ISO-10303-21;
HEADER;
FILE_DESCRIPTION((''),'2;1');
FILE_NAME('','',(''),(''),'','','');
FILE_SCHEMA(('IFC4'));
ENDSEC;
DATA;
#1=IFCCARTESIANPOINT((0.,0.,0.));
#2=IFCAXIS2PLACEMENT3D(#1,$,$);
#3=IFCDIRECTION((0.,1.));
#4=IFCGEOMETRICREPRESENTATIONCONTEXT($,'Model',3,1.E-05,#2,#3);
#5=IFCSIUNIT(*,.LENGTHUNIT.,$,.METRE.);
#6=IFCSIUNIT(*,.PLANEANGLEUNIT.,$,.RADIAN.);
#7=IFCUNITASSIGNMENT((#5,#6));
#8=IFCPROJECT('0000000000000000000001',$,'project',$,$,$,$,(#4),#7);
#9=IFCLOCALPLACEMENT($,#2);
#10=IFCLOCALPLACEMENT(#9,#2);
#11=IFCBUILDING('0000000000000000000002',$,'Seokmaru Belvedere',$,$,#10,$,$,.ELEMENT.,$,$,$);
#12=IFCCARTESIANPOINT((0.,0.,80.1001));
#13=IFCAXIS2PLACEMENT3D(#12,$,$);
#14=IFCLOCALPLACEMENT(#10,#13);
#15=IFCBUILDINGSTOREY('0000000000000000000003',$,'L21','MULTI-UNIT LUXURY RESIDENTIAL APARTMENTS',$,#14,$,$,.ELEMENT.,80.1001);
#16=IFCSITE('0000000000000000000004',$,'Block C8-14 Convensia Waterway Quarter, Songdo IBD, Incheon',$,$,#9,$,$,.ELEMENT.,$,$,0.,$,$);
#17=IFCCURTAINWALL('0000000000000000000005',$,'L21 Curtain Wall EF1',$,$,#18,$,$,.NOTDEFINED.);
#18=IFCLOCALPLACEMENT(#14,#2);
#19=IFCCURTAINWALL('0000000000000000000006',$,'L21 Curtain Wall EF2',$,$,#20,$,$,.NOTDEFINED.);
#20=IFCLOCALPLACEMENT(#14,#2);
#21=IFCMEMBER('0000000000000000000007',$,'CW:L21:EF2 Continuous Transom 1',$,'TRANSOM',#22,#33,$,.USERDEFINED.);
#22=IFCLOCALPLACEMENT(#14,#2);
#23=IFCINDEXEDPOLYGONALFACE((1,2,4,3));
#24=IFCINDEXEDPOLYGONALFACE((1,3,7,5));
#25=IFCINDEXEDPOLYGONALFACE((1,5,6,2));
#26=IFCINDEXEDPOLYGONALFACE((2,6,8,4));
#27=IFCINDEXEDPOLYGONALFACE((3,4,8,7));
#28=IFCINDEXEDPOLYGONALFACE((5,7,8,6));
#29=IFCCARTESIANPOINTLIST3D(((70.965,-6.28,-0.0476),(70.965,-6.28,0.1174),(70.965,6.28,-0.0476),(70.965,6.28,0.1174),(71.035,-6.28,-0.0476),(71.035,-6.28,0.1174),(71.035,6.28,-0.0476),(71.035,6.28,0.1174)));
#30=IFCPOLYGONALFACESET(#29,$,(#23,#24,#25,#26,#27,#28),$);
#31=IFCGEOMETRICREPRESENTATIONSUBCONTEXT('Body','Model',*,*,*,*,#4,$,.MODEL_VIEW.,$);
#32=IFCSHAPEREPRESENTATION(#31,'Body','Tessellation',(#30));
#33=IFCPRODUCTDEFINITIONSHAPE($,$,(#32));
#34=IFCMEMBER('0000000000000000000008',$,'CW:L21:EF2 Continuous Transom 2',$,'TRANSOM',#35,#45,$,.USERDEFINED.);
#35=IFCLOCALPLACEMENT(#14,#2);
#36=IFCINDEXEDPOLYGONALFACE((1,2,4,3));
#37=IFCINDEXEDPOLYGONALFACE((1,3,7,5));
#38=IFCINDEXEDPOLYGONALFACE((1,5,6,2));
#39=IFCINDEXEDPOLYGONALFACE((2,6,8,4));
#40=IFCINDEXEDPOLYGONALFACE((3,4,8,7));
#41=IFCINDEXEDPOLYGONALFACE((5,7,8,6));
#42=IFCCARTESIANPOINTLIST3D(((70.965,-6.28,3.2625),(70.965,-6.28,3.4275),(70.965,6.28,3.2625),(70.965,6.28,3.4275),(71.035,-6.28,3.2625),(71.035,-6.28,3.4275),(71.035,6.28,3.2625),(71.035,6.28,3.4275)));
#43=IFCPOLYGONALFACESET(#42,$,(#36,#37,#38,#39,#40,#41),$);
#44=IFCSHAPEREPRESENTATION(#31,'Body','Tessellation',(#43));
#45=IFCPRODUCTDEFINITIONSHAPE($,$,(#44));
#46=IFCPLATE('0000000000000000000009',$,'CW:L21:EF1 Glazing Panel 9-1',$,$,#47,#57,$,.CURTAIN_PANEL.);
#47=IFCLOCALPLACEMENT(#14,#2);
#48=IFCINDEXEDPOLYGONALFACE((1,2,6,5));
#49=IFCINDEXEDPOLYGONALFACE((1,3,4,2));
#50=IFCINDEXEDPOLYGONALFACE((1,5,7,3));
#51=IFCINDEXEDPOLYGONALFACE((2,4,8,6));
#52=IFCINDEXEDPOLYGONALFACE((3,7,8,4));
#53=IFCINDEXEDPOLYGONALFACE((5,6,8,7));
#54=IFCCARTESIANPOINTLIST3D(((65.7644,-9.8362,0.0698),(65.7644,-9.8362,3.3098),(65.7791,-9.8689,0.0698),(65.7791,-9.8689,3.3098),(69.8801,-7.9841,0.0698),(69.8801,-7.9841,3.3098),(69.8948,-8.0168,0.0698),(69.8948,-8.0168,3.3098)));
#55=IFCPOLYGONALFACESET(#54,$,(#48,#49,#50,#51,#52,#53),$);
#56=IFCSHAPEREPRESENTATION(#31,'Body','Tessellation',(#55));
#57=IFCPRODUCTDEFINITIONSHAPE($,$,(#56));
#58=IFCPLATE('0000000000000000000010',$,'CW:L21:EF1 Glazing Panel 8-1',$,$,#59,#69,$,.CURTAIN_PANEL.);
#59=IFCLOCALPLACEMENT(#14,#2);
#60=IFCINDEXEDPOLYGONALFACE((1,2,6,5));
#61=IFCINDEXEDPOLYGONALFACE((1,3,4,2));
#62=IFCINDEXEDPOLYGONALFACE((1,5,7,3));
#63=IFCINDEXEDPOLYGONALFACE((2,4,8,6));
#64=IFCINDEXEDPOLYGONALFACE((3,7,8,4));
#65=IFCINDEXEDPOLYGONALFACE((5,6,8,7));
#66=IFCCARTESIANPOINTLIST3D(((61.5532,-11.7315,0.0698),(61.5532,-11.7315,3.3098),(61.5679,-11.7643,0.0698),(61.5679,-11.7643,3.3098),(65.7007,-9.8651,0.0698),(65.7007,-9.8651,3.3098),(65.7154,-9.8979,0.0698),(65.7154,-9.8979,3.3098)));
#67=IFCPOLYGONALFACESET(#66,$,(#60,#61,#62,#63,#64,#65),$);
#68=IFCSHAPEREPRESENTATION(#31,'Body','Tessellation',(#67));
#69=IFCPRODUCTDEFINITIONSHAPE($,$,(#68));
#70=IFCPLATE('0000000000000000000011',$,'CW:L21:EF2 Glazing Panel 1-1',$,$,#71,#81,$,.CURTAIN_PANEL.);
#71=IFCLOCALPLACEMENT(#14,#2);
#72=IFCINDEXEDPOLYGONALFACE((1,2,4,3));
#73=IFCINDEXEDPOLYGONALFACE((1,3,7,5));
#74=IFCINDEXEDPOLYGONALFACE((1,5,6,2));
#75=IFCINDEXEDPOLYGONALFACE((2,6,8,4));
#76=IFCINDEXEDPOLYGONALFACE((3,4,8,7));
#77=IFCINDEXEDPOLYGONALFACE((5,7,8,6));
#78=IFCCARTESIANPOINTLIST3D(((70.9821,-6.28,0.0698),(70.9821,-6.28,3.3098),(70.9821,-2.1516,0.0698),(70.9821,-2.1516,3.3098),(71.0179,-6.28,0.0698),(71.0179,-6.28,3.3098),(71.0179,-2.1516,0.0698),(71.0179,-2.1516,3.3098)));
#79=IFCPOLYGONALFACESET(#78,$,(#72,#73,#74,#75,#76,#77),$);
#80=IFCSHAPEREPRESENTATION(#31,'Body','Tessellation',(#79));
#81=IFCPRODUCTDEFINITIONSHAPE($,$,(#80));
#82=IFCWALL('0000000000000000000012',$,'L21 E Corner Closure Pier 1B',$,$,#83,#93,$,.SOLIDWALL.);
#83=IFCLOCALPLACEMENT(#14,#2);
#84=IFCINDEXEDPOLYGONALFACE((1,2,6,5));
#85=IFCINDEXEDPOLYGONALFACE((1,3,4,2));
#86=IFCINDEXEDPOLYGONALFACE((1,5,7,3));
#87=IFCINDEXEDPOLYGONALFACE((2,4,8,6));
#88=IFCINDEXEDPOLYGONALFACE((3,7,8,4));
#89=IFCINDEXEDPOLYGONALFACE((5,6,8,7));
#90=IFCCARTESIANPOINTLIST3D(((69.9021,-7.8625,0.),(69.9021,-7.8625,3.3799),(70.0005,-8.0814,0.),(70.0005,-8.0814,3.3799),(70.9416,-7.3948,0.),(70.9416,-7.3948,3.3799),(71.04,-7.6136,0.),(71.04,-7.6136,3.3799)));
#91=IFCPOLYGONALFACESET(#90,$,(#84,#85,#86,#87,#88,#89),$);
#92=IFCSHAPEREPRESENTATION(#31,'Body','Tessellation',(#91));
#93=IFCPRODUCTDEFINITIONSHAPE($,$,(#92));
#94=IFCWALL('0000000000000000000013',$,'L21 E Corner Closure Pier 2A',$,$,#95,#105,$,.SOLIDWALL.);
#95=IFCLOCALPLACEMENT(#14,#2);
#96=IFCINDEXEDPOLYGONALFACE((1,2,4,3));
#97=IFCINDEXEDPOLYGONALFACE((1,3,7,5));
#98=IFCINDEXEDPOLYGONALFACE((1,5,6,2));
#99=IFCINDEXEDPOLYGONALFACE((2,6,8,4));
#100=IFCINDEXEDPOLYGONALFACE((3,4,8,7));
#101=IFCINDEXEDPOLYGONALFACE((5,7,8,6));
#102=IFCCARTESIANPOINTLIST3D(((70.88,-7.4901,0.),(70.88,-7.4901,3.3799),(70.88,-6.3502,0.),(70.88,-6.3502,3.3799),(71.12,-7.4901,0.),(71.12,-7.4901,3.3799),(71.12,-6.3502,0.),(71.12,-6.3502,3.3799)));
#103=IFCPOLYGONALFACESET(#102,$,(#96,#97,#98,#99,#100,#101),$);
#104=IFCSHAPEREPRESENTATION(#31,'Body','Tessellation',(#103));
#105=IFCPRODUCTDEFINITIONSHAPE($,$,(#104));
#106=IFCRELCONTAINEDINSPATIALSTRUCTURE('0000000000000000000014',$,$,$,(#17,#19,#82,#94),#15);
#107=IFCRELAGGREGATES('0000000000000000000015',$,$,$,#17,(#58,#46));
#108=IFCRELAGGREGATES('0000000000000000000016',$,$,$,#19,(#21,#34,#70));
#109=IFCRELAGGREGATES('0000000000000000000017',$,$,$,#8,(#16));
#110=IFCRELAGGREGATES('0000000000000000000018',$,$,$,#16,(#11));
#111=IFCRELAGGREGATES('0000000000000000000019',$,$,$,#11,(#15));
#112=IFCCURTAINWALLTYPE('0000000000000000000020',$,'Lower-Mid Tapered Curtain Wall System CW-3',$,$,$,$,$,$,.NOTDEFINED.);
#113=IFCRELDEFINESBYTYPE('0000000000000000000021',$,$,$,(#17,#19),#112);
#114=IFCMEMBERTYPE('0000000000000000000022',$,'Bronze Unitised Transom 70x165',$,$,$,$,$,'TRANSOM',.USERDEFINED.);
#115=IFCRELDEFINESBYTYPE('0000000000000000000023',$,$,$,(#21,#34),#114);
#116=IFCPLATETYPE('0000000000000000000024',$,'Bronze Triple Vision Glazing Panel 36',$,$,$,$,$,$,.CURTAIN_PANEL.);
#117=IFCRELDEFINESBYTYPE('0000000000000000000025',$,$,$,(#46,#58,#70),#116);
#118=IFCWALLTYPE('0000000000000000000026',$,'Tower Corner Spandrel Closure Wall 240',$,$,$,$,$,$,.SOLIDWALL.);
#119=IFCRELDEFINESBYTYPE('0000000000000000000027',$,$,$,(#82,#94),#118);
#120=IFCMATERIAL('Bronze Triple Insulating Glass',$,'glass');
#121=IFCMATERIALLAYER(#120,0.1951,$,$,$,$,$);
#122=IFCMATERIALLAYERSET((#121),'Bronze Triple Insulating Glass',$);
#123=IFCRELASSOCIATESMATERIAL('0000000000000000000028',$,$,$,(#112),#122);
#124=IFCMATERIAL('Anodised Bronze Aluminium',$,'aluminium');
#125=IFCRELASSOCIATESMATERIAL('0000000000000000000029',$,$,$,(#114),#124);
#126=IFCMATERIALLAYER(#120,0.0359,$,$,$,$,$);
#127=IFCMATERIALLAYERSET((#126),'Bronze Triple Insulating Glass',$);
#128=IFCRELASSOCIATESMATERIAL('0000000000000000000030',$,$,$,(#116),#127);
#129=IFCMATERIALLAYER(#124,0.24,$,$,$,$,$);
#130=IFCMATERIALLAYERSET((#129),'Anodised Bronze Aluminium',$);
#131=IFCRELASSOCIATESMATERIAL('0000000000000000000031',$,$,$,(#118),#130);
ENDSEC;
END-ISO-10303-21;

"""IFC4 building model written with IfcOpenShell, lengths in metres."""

from ifc_helpers import new_model, si_unit, direction, frame, frame_2d, origin, origin_2d, place, context, subcontext, project, spatial, rectangle, extrude, source, transform, mapped, material, layer, layer_set, material_profile, profile_set, type_object, type_shapes, element, aggregate, save


model = new_model("IFC4")

# Units and contexts
model_context = context("Model", 3, precision=1e-05, world=origin(), true_north=direction((0.0, 1.0)))
body_context = subcontext(model_context, "Body", "Model", "MODEL_VIEW")
ifc_project = project(units=[si_unit("LENGTHUNIT", "METRE"), si_unit("PLANEANGLEUNIT", "RADIAN")], contexts=[model_context])

# Site, building, storey
site_placement = place(None, origin())
site = spatial("IfcSite", under=ifc_project, at=site_placement, Name="Block C8-14 Convensia Waterway Quarter, Songdo IBD, Incheon", CompositionType="ELEMENT", RefElevation=0.0)
building_placement = place(site_placement, origin())
building = spatial("IfcBuilding", under=site, at=building_placement, Name="Seokmaru Belvedere", CompositionType="ELEMENT")
storey_placement = place(building_placement, frame((0.0, 0.0, 80.1001)))
storey = spatial("IfcBuildingStorey", under=building, at=storey_placement, Name="L21", Description="MULTI-UNIT LUXURY RESIDENTIAL APARTMENTS", CompositionType="ELEMENT", Elevation=80.1001)

# Curtain walls
ifc_material_1 = material(Name="Bronze Triple Insulating Glass", Category="glass")
ifc_layer_1 = layer(ifc_material_1, 0.1951)
ifc_layer_set_1 = layer_set([ifc_layer_1], Name="Bronze Triple Insulating Glass")
curtain_wall_type = type_object("IfcCurtainWallType", Name="Lower-Mid Tapered Curtain Wall System CW-3", PredefinedType="NOTDEFINED", material=ifc_layer_set_1)
curtain_wall_1_placement = place(storey_placement, origin())
curtain_wall_1 = element("IfcCurtainWall", 1, at=curtain_wall_1_placement, inside=storey, type_object=curtain_wall_type, Name="L21 Curtain Wall EF1", PredefinedType="NOTDEFINED")
ifc_material_2 = material(Name="Anodised Bronze Aluminium", Category="aluminium")
curtain_wall_2_placement = place(storey_placement, origin())
curtain_wall_2 = element("IfcCurtainWall", 2, at=curtain_wall_2_placement, inside=storey, type_object=curtain_wall_type, Name="L21 Curtain Wall EF2", PredefinedType="NOTDEFINED")

# Members
ifc_material_profile_1 = material_profile(ifc_material_2, rectangle(XDim=0.0701, YDim=0.165, at=origin_2d()), Name="CW-T-70x165")
ifc_profile_set_1 = profile_set([ifc_material_profile_1], Name="Anodised Bronze Aluminium")
member_type_1 = type_object("IfcMemberType", Name="Bronze Unitised Transom 70x165", ElementType="TRANSOM", PredefinedType="USERDEFINED", material=ifc_profile_set_1)
shared_shape_1 = source(origin(), body_context, "Body", "SweptSolid", [
    extrude(rectangle(XDim=0.0701, YDim=0.165, at=origin_2d()), origin(), (0.0, 0.0, 1.0), 12.5601),
])
type_shapes(member_type_1, [shared_shape_1])
member_1_placement = place(storey_placement, frame((71.0, -6.28, 0.0349), z_axis=(0.0, 1.0, 0.0), x_axis=(-1.0, 0.0, 0.0)))
member_1 = element("IfcMember", 3, at=member_1_placement, type_object=member_type_1, Name="CW:L21:EF2 Continuous Transom 1", ObjectType="TRANSOM", PredefinedType="USERDEFINED", context=body_context, shape_type="MappedRepresentation", body=[
    mapped(shared_shape_1, transform((0.0, 0.0, 0.0), scale=1.0)),
])
member_2_placement = place(storey_placement, frame((71.0, -6.28, 3.345), z_axis=(0.0, 1.0, 0.0), x_axis=(-1.0, 0.0, 0.0)))
member_2 = element("IfcMember", 4, at=member_2_placement, type_object=member_type_1, Name="CW:L21:EF2 Continuous Transom 2", ObjectType="TRANSOM", PredefinedType="USERDEFINED", context=body_context, shape_type="MappedRepresentation", body=[
    mapped(shared_shape_1, transform((0.0, 0.0, 0.0), scale=1.0)),
])

# Plates
ifc_layer_2 = layer(ifc_material_1, 0.0359)
ifc_layer_set_2 = layer_set([ifc_layer_2], Name="Bronze Triple Insulating Glass")
plate_type = type_object("IfcPlateType", Name="Bronze Triple Vision Glazing Panel 36", PredefinedType="CURTAIN_PANEL", material=ifc_layer_set_2)
shared_shape_2 = source(origin(), body_context, "Body", "SweptSolid", [
    extrude(rectangle(XDim=4.5132, YDim=0.0359, at=origin_2d()), origin(), (0.0, 0.0, 1.0), 3.24),
])
plate_1_placement = place(storey_placement, frame((67.8296, -8.9265, 0.0698), z_axis=(0.0, 0.0, 1.0), x_axis=(0.911921, 0.410366, 0.0)))
plate_1 = element("IfcPlate", 5, at=plate_1_placement, type_object=plate_type, Name="CW:L21:EF1 Glazing Panel 9-1", PredefinedType="CURTAIN_PANEL", context=body_context, shape_type="MappedRepresentation", body=[
    mapped(shared_shape_2, transform((0.0, 0.0, 0.0), scale=1.0)),
])
shared_shape_3 = source(origin(), body_context, "Body", "SweptSolid", [
    extrude(rectangle(XDim=4.5481, YDim=0.0359, at=origin_2d()), origin(), (0.0, 0.0, 1.0), 3.24),
])
plate_2_placement = place(storey_placement, frame((63.6343, -10.8147, 0.0698), z_axis=(0.0, 0.0, 1.0), x_axis=(0.911921, 0.410366, 0.0)))
plate_2 = element("IfcPlate", 6, at=plate_2_placement, type_object=plate_type, Name="CW:L21:EF1 Glazing Panel 8-1", PredefinedType="CURTAIN_PANEL", context=body_context, shape_type="MappedRepresentation", body=[
    mapped(shared_shape_3, transform((0.0, 0.0, 0.0), scale=1.0)),
])
aggregate(curtain_wall_1, [plate_2, plate_1])
shared_shape_4 = source(origin(), body_context, "Body", "SweptSolid", [
    extrude(rectangle(XDim=4.1284, YDim=0.0359, at=origin_2d()), origin(), (0.0, 0.0, 1.0), 3.24),
])
type_shapes(plate_type, [shared_shape_2, shared_shape_3, shared_shape_4])
plate_3_placement = place(storey_placement, frame((71.0, -4.2158, 0.0698), z_axis=(0.0, 0.0, 1.0), x_axis=(0.0, 1.0, 0.0)))
plate_3 = element("IfcPlate", 7, at=plate_3_placement, type_object=plate_type, Name="CW:L21:EF2 Glazing Panel 1-1", PredefinedType="CURTAIN_PANEL", context=body_context, shape_type="MappedRepresentation", body=[
    mapped(shared_shape_4, transform((0.0, 0.0, 0.0), scale=1.0)),
])
aggregate(curtain_wall_2, [member_1, member_2, plate_3])

# Walls
ifc_layer_3 = layer(ifc_material_2, 0.24)
ifc_layer_set_3 = layer_set([ifc_layer_3], Name="Anodised Bronze Aluminium")
wall_type = type_object("IfcWallType", Name="Tower Corner Spandrel Closure Wall 240", PredefinedType="SOLIDWALL", material=ifc_layer_set_3)
for number, where, z_axis, x_axis, name in (
    (8, (69.9514, -7.9719, 0.0), (0.0, 0.0, 1.0), (0.91193, 0.410347, 0.0), "L21 E Corner Closure Pier 1B"),
    (9, (71.0, -7.49, 0.0), (0.0, 0.0, 1.0), (0.0, 1.0, 0.0), "L21 E Corner Closure Pier 2A"),
):
    element("IfcWall", number, at=place(storey_placement, frame(where, z_axis=z_axis, x_axis=x_axis)), inside=storey, type_object=wall_type, Name=name, PredefinedType="SOLIDWALL", context=body_context, shape_type="SweptSolid", body=[
        extrude(rectangle(XDim=1.1399, YDim=0.24, at=frame_2d((0.5698, 0.0))), origin(), (0.0, 0.0, 1.0), 3.3799),
    ])

save(model, "model.ifc")
